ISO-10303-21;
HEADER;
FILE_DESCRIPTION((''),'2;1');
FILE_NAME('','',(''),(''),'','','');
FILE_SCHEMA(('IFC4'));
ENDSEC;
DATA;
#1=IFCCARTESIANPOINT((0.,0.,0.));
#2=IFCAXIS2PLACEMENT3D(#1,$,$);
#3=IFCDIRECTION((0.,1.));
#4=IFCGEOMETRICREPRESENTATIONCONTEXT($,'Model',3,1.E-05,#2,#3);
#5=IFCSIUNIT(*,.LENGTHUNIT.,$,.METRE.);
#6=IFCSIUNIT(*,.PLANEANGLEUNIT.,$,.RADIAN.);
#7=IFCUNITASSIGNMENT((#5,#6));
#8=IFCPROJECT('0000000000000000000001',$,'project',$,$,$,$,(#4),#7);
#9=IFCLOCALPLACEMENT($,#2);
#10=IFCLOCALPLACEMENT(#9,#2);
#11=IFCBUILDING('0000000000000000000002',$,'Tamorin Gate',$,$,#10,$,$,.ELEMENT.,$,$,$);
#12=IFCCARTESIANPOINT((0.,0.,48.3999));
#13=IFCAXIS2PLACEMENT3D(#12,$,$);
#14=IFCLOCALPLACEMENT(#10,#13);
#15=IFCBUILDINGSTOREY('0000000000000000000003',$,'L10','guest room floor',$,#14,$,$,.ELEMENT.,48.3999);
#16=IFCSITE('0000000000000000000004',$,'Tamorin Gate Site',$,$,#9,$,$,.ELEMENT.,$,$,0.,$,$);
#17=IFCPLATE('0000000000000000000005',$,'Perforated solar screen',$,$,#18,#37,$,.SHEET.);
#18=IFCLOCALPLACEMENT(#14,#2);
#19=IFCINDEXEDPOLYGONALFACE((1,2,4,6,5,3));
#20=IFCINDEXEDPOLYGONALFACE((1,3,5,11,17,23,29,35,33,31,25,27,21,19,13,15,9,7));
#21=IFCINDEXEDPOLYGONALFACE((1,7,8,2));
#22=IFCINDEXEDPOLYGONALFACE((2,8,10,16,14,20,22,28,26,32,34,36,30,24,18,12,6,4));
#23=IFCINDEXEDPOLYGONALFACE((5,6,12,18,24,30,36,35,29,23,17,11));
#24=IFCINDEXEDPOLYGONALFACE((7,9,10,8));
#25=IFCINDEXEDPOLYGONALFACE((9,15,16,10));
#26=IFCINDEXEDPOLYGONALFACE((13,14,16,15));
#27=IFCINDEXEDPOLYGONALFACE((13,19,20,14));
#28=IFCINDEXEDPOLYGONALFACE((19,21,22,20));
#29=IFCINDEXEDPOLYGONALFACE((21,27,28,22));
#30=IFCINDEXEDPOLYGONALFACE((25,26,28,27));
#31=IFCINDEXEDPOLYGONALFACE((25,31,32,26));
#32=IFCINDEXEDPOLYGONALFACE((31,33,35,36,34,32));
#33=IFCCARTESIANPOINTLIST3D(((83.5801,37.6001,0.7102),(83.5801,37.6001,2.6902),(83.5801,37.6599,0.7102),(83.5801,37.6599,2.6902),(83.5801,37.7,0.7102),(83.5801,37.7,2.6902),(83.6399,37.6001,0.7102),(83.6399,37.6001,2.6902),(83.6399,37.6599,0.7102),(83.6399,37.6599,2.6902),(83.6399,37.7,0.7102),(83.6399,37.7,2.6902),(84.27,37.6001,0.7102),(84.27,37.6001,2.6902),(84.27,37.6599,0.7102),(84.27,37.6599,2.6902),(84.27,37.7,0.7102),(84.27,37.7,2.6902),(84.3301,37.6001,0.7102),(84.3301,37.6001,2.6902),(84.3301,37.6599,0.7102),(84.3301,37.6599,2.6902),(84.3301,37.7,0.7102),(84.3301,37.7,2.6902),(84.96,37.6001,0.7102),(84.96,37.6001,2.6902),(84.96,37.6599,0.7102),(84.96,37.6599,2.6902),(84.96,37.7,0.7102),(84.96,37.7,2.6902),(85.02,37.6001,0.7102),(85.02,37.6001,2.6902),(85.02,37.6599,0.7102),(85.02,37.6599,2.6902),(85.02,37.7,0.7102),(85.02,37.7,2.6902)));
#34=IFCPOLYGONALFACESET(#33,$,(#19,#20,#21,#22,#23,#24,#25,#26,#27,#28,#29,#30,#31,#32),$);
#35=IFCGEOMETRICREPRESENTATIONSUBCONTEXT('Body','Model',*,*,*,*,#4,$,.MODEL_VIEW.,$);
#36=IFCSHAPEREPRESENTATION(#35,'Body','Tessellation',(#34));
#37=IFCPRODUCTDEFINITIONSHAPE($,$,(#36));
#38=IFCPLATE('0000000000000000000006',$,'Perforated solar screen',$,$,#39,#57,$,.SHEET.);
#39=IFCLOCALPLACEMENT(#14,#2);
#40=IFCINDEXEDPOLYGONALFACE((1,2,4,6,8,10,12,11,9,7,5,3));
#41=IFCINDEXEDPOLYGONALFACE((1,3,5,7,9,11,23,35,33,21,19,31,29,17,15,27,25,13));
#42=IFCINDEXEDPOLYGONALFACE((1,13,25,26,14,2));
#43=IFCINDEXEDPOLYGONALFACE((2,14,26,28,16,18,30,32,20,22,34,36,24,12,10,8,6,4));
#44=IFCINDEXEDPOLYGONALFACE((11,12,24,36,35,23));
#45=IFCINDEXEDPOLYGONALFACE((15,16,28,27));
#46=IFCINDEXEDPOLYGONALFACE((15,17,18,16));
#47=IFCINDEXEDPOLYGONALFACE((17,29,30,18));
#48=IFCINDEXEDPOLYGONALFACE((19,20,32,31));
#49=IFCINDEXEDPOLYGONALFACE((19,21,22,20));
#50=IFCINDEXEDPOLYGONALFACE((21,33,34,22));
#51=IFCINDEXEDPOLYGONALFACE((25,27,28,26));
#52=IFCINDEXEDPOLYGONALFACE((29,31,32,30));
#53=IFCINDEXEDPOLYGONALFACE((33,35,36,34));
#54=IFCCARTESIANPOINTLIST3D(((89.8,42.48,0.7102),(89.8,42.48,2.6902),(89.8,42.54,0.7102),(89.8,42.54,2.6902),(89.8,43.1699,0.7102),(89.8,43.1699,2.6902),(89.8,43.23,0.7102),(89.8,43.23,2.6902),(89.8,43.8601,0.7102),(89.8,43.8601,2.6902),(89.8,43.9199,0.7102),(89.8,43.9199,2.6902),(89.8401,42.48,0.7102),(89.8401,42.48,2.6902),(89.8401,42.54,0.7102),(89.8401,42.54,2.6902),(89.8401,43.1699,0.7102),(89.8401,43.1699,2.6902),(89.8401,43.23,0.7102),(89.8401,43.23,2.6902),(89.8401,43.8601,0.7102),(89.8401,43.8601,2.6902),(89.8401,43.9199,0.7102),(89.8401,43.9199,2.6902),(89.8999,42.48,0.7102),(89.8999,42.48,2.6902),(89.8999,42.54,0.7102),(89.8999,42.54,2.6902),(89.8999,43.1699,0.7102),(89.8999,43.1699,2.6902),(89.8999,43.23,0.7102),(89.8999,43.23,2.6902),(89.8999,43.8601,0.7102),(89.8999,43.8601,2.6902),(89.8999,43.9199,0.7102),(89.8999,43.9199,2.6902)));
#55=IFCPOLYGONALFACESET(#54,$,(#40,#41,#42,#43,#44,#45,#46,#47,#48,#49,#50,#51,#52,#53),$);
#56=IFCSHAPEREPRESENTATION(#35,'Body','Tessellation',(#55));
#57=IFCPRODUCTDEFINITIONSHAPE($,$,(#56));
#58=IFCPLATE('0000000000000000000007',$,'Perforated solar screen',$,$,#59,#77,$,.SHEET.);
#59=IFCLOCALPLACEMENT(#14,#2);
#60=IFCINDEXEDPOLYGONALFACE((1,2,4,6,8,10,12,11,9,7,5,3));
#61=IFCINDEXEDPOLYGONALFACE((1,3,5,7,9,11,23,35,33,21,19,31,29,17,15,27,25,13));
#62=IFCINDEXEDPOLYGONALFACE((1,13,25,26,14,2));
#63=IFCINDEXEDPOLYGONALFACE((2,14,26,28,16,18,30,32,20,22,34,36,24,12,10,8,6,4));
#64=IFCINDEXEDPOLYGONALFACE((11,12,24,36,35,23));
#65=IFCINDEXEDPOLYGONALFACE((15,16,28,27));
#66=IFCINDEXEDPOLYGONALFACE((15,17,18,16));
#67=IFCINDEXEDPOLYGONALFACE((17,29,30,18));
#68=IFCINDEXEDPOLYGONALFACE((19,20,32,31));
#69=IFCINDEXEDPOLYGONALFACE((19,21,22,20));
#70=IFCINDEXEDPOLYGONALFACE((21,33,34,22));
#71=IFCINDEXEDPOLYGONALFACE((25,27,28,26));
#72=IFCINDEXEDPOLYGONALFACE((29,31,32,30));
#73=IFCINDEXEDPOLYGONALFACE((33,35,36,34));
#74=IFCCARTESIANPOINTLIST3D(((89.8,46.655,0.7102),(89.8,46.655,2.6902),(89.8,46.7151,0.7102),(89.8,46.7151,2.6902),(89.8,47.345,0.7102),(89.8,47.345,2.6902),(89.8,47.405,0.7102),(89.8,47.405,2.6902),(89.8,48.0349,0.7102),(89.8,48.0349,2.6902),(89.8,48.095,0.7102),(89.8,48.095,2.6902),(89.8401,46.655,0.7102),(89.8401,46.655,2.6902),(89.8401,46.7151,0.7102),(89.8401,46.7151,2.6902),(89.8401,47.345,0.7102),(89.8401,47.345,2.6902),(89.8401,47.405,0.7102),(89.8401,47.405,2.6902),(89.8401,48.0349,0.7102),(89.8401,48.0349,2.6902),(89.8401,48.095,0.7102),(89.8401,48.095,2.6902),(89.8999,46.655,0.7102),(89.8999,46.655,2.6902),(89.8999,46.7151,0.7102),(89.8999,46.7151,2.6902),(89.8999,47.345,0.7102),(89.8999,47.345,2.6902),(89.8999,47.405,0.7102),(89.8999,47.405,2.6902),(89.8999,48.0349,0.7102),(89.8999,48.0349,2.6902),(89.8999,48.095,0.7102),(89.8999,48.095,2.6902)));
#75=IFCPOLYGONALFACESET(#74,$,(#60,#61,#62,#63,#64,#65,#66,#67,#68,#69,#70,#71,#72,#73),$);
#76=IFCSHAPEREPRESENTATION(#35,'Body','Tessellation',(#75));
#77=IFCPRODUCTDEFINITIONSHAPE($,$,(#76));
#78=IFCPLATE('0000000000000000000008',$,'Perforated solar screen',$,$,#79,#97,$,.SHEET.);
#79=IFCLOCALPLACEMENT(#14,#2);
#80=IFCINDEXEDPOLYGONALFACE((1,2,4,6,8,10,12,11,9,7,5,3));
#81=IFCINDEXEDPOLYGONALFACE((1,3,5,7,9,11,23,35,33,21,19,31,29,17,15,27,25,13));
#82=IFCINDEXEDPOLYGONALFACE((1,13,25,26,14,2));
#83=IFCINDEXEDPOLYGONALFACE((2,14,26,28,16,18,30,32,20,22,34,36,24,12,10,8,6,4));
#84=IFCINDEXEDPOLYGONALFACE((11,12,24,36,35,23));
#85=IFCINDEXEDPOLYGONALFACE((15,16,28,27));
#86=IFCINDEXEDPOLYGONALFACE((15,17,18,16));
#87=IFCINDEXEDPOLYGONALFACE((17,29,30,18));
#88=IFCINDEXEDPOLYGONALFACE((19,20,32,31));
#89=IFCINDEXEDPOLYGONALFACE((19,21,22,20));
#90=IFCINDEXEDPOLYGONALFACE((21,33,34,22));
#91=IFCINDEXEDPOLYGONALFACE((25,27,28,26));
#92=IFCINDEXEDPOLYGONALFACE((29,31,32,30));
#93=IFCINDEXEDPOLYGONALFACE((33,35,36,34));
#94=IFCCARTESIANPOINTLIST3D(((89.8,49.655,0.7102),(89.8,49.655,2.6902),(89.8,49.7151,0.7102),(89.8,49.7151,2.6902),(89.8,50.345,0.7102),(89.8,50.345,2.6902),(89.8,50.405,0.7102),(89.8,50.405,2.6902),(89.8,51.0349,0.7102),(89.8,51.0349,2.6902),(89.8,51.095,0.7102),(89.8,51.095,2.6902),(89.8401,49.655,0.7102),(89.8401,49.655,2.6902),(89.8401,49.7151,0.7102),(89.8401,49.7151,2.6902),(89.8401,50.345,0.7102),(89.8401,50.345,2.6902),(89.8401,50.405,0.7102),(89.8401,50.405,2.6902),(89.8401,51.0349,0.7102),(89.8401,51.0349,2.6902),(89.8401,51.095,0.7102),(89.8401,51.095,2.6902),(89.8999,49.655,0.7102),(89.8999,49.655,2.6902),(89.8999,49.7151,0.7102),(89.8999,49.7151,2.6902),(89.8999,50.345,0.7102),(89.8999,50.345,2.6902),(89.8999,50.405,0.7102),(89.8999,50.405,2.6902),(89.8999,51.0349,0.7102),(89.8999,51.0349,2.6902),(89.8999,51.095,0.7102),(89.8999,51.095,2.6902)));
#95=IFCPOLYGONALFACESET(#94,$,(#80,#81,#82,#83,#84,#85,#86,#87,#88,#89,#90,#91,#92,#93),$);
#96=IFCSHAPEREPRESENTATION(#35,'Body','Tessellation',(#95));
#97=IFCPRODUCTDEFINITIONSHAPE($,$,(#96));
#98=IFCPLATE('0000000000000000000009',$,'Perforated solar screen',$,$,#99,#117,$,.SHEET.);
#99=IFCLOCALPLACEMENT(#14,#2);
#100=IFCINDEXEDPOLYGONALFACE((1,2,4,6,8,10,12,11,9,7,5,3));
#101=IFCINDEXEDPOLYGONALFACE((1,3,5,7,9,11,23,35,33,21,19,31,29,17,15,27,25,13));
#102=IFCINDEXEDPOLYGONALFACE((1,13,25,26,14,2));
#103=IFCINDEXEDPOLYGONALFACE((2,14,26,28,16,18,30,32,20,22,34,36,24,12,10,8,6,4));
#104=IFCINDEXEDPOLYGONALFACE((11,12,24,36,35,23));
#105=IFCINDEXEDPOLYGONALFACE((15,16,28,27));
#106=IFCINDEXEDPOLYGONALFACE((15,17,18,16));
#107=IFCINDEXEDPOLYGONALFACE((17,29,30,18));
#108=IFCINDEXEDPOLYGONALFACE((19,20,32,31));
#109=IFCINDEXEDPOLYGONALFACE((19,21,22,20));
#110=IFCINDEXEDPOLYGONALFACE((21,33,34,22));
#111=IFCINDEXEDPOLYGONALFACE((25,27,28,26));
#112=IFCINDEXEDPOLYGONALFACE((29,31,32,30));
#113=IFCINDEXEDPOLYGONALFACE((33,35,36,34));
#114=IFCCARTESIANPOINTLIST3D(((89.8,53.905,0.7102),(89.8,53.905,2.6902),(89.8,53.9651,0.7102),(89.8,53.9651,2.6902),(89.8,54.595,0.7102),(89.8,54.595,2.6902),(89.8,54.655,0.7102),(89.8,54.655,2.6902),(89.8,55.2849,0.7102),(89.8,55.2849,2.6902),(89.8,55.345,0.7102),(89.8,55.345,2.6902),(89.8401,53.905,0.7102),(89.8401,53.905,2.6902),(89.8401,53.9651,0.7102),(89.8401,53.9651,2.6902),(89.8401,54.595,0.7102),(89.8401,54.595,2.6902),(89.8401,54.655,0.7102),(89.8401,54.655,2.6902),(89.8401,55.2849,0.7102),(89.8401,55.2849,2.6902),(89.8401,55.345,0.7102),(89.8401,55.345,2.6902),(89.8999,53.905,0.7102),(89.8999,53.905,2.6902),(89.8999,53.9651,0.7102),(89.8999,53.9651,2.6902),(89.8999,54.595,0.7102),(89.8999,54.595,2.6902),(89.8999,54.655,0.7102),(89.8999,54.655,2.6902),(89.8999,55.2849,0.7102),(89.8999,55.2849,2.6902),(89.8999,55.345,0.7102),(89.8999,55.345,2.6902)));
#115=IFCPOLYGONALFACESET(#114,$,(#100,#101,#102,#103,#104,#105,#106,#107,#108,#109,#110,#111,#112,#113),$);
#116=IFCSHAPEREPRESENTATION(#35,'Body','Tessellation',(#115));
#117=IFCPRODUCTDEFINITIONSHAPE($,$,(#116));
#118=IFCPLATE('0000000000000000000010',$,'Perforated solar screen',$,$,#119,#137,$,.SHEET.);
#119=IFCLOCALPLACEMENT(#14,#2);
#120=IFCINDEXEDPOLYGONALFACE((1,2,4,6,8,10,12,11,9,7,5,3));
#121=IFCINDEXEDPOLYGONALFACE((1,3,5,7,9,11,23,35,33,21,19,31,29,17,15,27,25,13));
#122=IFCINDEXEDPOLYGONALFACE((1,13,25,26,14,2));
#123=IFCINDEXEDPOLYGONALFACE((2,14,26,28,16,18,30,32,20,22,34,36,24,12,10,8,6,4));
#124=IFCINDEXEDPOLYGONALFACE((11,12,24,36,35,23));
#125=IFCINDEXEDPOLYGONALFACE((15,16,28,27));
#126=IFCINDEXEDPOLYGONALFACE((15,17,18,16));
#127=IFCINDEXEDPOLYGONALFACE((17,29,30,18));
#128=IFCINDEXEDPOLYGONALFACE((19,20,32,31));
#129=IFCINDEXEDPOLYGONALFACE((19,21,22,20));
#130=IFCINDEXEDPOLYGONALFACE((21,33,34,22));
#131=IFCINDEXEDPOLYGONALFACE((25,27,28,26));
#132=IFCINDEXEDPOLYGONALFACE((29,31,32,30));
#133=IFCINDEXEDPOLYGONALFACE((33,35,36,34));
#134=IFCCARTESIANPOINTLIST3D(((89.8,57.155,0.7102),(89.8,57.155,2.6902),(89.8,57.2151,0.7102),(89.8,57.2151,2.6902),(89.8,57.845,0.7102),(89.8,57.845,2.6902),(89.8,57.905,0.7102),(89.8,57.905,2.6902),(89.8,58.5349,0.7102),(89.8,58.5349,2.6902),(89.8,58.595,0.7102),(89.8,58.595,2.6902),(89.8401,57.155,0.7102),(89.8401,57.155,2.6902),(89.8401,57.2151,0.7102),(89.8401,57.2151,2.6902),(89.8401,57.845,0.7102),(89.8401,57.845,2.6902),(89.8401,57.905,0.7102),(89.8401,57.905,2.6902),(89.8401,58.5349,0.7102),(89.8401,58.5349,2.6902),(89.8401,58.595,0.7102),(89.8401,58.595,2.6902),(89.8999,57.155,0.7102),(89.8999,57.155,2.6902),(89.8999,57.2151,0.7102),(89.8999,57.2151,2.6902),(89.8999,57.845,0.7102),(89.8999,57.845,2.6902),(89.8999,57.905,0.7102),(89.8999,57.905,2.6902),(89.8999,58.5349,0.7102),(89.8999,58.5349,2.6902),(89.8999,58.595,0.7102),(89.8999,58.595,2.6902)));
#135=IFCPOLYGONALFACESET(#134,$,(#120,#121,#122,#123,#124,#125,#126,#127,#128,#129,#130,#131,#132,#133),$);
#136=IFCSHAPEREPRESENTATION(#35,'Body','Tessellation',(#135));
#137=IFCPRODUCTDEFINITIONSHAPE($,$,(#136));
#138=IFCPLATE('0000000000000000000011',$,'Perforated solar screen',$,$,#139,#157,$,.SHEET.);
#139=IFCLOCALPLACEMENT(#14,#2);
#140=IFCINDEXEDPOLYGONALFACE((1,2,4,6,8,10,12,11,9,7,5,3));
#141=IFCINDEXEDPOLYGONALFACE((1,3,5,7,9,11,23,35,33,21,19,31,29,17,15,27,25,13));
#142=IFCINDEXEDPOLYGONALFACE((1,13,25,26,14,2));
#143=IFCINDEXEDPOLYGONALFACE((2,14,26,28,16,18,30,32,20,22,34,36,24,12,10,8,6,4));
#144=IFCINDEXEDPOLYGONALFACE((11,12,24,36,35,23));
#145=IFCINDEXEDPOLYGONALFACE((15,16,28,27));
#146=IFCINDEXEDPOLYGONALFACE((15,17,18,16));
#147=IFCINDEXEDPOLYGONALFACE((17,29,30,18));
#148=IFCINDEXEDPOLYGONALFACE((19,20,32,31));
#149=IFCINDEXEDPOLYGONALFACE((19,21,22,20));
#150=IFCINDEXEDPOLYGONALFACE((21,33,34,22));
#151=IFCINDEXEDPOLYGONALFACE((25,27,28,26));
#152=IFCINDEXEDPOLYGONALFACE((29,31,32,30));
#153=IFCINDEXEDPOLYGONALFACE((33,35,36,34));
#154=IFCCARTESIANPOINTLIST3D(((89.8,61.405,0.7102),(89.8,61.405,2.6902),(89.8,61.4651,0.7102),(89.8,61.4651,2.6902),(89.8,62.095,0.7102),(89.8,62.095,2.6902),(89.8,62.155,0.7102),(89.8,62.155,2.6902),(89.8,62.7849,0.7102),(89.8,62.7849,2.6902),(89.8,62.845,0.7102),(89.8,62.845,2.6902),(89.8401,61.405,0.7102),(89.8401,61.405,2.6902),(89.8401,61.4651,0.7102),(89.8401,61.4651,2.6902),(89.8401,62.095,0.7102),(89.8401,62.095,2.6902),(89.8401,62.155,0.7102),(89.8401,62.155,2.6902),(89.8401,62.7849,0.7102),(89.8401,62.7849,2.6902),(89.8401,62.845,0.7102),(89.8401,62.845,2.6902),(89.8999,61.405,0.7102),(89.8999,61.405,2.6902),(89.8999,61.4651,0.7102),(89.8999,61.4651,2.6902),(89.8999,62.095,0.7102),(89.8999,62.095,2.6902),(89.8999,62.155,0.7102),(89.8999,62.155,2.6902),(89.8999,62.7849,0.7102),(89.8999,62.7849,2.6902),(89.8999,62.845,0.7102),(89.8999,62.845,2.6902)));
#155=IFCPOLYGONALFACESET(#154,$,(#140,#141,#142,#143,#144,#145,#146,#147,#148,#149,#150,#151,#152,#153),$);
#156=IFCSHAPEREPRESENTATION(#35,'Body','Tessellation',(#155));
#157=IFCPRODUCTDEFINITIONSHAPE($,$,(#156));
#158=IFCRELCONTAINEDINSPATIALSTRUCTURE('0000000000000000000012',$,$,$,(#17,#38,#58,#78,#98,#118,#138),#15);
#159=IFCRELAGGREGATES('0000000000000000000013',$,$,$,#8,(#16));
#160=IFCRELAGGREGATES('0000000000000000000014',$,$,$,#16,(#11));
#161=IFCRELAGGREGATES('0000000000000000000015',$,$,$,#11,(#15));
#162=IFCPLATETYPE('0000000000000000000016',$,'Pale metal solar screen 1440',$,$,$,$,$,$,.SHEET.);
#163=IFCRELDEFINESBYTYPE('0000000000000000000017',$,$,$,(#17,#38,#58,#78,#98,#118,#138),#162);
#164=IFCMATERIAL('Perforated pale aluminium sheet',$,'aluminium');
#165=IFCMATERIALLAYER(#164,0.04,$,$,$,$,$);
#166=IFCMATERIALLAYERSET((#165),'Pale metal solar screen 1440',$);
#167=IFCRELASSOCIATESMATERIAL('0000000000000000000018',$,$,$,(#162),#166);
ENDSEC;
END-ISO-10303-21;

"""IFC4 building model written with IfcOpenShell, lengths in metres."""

from ifc_helpers import new_model, si_unit, direction, frame, origin, place, context, subcontext, project, spatial, polyline, outline, extrude, material, layer, layer_set, type_object, element, save


model = new_model("IFC4")

# Units and contexts
model_context = context("Model", 3, precision=1e-05, world=origin(), true_north=direction((0.0, 1.0)))
body_context = subcontext(model_context, "Body", "Model", "MODEL_VIEW")
ifc_project = project(units=[si_unit("LENGTHUNIT", "METRE"), si_unit("PLANEANGLEUNIT", "RADIAN")], contexts=[model_context])

# Site, building, storey
site_placement = place(None, origin())
site = spatial("IfcSite", under=ifc_project, at=site_placement, Name="Tamorin Gate Site", CompositionType="ELEMENT", RefElevation=0.0)
building_placement = place(site_placement, origin())
building = spatial("IfcBuilding", under=site, at=building_placement, Name="Tamorin Gate", CompositionType="ELEMENT")
storey_placement = place(building_placement, frame((0.0, 0.0, 48.3999)))
storey = spatial("IfcBuildingStorey", under=building, at=storey_placement, Name="L10", Description="guest room floor", CompositionType="ELEMENT", Elevation=48.3999)

# Plates
ifc_material_1 = material(Name="Perforated pale aluminium sheet", Category="aluminium")
ifc_layer_1 = layer(ifc_material_1, 0.04)
ifc_layer_set_1 = layer_set([ifc_layer_1], Name="Pale metal solar screen 1440")
plate_type = type_object("IfcPlateType", Name="Pale metal solar screen 1440", PredefinedType="SHEET", material=ifc_layer_set_1)
plate_1_placement = place(storey_placement, frame((0.0, 0.0, 0.7102)))
element("IfcPlate", 1, at=plate_1_placement, inside=storey, type_object=plate_type, Name="Perforated solar screen", PredefinedType="SHEET", context=body_context, shape_type="SweptSolid", body=[
    extrude(outline(polyline([(83.5801, 37.6599), (83.5801, 37.7), (83.6399, 37.7), (84.27, 37.7), (84.3301, 37.7), (84.96, 37.7), (85.02, 37.7), (85.02, 37.6599), (85.02, 37.6001), (84.96, 37.6001), (84.96, 37.6599), (84.3301, 37.6599), (84.3301, 37.6001), (84.27, 37.6001), (84.27, 37.6599), (83.6399, 37.6599), (83.6399, 37.6001), (83.5801, 37.6001), (83.5801, 37.6599)])), origin(), (0.0, 0.0, 1.0), 1.98),
])
plate_2_placement = place(storey_placement, frame((0.0, 0.0, 0.7102)))
element("IfcPlate", 2, at=plate_2_placement, inside=storey, type_object=plate_type, Name="Perforated solar screen", PredefinedType="SHEET", context=body_context, shape_type="SweptSolid", body=[
    extrude(outline(polyline([(89.8401, 42.48), (89.8, 42.48), (89.8, 42.54), (89.8, 43.1699), (89.8, 43.23), (89.8, 43.8601), (89.8, 43.9199), (89.8401, 43.9199), (89.8999, 43.9199), (89.8999, 43.8601), (89.8401, 43.8601), (89.8401, 43.23), (89.8999, 43.23), (89.8999, 43.1699), (89.8401, 43.1699), (89.8401, 42.54), (89.8999, 42.54), (89.8999, 42.48), (89.8401, 42.48)])), origin(), (0.0, 0.0, 1.0), 1.98),
])
plate_3_placement = place(storey_placement, frame((0.0, 0.0, 0.7102)))
element("IfcPlate", 3, at=plate_3_placement, inside=storey, type_object=plate_type, Name="Perforated solar screen", PredefinedType="SHEET", context=body_context, shape_type="SweptSolid", body=[
    extrude(outline(polyline([(89.8401, 46.655), (89.8, 46.655), (89.8, 46.7151), (89.8, 47.345), (89.8, 47.405), (89.8, 48.0349), (89.8, 48.095), (89.8, 48.095), (89.8401, 48.095), (89.8401, 48.095), (89.8999, 48.095), (89.8999, 48.0349), (89.8401, 48.0349), (89.8401, 47.405), (89.8999, 47.405), (89.8999, 47.345), (89.8401, 47.345), (89.8401, 46.7151), (89.8999, 46.7151), (89.8999, 46.655), (89.8401, 46.655)])), origin(), (0.0, 0.0, 1.0), 1.98),
])
plate_4_placement = place(storey_placement, frame((0.0, 0.0, 0.7102)))
element("IfcPlate", 4, at=plate_4_placement, inside=storey, type_object=plate_type, Name="Perforated solar screen", PredefinedType="SHEET", context=body_context, shape_type="SweptSolid", body=[
    extrude(outline(polyline([(89.8401, 49.655), (89.8, 49.655), (89.8, 49.7151), (89.8, 50.345), (89.8, 50.405), (89.8, 51.0349), (89.8, 51.095), (89.8401, 51.095), (89.8999, 51.095), (89.8999, 51.0349), (89.8401, 51.0349), (89.8401, 50.405), (89.8999, 50.405), (89.8999, 50.345), (89.8401, 50.345), (89.8401, 49.7151), (89.8999, 49.7151), (89.8999, 49.655), (89.8401, 49.655)])), origin(), (0.0, 0.0, 1.0), 1.98),
])
plate_5_placement = place(storey_placement, frame((0.0, 0.0, 0.7102)))
element("IfcPlate", 5, at=plate_5_placement, inside=storey, type_object=plate_type, Name="Perforated solar screen", PredefinedType="SHEET", context=body_context, shape_type="SweptSolid", body=[
    extrude(outline(polyline([(89.8401, 53.905), (89.8, 53.905), (89.8, 53.9651), (89.8, 54.595), (89.8, 54.655), (89.8, 55.2849), (89.8, 55.345), (89.8401, 55.345), (89.8999, 55.345), (89.8999, 55.2849), (89.8401, 55.2849), (89.8401, 54.655), (89.8999, 54.655), (89.8999, 54.595), (89.8401, 54.595), (89.8401, 53.9651), (89.8999, 53.9651), (89.8999, 53.905), (89.8401, 53.905)])), origin(), (0.0, 0.0, 1.0), 1.98),
])
plate_6_placement = place(storey_placement, frame((0.0, 0.0, 0.7102)))
element("IfcPlate", 6, at=plate_6_placement, inside=storey, type_object=plate_type, Name="Perforated solar screen", PredefinedType="SHEET", context=body_context, shape_type="SweptSolid", body=[
    extrude(outline(polyline([(89.8401, 57.155), (89.8, 57.155), (89.8, 57.2151), (89.8, 57.845), (89.8, 57.905), (89.8, 58.5349), (89.8, 58.595), (89.8401, 58.595), (89.8999, 58.595), (89.8999, 58.5349), (89.8401, 58.5349), (89.8401, 57.905), (89.8999, 57.905), (89.8999, 57.845), (89.8401, 57.845), (89.8401, 57.2151), (89.8999, 57.2151), (89.8999, 57.155), (89.8401, 57.155)])), origin(), (0.0, 0.0, 1.0), 1.98),
])
plate_7_placement = place(storey_placement, frame((0.0, 0.0, 0.7102)))
element("IfcPlate", 7, at=plate_7_placement, inside=storey, type_object=plate_type, Name="Perforated solar screen", PredefinedType="SHEET", context=body_context, shape_type="SweptSolid", body=[
    extrude(outline(polyline([(89.8401, 61.405), (89.8, 61.405), (89.8, 61.4651), (89.8, 62.095), (89.8, 62.155), (89.8, 62.7849), (89.8, 62.845), (89.8401, 62.845), (89.8999, 62.845), (89.8999, 62.7849), (89.8401, 62.7849), (89.8401, 62.155), (89.8999, 62.155), (89.8999, 62.095), (89.8401, 62.095), (89.8401, 61.4651), (89.8999, 61.4651), (89.8999, 61.405), (89.8401, 61.405)])), origin(), (0.0, 0.0, 1.0), 1.98),
])

save(model, "model.ifc")
